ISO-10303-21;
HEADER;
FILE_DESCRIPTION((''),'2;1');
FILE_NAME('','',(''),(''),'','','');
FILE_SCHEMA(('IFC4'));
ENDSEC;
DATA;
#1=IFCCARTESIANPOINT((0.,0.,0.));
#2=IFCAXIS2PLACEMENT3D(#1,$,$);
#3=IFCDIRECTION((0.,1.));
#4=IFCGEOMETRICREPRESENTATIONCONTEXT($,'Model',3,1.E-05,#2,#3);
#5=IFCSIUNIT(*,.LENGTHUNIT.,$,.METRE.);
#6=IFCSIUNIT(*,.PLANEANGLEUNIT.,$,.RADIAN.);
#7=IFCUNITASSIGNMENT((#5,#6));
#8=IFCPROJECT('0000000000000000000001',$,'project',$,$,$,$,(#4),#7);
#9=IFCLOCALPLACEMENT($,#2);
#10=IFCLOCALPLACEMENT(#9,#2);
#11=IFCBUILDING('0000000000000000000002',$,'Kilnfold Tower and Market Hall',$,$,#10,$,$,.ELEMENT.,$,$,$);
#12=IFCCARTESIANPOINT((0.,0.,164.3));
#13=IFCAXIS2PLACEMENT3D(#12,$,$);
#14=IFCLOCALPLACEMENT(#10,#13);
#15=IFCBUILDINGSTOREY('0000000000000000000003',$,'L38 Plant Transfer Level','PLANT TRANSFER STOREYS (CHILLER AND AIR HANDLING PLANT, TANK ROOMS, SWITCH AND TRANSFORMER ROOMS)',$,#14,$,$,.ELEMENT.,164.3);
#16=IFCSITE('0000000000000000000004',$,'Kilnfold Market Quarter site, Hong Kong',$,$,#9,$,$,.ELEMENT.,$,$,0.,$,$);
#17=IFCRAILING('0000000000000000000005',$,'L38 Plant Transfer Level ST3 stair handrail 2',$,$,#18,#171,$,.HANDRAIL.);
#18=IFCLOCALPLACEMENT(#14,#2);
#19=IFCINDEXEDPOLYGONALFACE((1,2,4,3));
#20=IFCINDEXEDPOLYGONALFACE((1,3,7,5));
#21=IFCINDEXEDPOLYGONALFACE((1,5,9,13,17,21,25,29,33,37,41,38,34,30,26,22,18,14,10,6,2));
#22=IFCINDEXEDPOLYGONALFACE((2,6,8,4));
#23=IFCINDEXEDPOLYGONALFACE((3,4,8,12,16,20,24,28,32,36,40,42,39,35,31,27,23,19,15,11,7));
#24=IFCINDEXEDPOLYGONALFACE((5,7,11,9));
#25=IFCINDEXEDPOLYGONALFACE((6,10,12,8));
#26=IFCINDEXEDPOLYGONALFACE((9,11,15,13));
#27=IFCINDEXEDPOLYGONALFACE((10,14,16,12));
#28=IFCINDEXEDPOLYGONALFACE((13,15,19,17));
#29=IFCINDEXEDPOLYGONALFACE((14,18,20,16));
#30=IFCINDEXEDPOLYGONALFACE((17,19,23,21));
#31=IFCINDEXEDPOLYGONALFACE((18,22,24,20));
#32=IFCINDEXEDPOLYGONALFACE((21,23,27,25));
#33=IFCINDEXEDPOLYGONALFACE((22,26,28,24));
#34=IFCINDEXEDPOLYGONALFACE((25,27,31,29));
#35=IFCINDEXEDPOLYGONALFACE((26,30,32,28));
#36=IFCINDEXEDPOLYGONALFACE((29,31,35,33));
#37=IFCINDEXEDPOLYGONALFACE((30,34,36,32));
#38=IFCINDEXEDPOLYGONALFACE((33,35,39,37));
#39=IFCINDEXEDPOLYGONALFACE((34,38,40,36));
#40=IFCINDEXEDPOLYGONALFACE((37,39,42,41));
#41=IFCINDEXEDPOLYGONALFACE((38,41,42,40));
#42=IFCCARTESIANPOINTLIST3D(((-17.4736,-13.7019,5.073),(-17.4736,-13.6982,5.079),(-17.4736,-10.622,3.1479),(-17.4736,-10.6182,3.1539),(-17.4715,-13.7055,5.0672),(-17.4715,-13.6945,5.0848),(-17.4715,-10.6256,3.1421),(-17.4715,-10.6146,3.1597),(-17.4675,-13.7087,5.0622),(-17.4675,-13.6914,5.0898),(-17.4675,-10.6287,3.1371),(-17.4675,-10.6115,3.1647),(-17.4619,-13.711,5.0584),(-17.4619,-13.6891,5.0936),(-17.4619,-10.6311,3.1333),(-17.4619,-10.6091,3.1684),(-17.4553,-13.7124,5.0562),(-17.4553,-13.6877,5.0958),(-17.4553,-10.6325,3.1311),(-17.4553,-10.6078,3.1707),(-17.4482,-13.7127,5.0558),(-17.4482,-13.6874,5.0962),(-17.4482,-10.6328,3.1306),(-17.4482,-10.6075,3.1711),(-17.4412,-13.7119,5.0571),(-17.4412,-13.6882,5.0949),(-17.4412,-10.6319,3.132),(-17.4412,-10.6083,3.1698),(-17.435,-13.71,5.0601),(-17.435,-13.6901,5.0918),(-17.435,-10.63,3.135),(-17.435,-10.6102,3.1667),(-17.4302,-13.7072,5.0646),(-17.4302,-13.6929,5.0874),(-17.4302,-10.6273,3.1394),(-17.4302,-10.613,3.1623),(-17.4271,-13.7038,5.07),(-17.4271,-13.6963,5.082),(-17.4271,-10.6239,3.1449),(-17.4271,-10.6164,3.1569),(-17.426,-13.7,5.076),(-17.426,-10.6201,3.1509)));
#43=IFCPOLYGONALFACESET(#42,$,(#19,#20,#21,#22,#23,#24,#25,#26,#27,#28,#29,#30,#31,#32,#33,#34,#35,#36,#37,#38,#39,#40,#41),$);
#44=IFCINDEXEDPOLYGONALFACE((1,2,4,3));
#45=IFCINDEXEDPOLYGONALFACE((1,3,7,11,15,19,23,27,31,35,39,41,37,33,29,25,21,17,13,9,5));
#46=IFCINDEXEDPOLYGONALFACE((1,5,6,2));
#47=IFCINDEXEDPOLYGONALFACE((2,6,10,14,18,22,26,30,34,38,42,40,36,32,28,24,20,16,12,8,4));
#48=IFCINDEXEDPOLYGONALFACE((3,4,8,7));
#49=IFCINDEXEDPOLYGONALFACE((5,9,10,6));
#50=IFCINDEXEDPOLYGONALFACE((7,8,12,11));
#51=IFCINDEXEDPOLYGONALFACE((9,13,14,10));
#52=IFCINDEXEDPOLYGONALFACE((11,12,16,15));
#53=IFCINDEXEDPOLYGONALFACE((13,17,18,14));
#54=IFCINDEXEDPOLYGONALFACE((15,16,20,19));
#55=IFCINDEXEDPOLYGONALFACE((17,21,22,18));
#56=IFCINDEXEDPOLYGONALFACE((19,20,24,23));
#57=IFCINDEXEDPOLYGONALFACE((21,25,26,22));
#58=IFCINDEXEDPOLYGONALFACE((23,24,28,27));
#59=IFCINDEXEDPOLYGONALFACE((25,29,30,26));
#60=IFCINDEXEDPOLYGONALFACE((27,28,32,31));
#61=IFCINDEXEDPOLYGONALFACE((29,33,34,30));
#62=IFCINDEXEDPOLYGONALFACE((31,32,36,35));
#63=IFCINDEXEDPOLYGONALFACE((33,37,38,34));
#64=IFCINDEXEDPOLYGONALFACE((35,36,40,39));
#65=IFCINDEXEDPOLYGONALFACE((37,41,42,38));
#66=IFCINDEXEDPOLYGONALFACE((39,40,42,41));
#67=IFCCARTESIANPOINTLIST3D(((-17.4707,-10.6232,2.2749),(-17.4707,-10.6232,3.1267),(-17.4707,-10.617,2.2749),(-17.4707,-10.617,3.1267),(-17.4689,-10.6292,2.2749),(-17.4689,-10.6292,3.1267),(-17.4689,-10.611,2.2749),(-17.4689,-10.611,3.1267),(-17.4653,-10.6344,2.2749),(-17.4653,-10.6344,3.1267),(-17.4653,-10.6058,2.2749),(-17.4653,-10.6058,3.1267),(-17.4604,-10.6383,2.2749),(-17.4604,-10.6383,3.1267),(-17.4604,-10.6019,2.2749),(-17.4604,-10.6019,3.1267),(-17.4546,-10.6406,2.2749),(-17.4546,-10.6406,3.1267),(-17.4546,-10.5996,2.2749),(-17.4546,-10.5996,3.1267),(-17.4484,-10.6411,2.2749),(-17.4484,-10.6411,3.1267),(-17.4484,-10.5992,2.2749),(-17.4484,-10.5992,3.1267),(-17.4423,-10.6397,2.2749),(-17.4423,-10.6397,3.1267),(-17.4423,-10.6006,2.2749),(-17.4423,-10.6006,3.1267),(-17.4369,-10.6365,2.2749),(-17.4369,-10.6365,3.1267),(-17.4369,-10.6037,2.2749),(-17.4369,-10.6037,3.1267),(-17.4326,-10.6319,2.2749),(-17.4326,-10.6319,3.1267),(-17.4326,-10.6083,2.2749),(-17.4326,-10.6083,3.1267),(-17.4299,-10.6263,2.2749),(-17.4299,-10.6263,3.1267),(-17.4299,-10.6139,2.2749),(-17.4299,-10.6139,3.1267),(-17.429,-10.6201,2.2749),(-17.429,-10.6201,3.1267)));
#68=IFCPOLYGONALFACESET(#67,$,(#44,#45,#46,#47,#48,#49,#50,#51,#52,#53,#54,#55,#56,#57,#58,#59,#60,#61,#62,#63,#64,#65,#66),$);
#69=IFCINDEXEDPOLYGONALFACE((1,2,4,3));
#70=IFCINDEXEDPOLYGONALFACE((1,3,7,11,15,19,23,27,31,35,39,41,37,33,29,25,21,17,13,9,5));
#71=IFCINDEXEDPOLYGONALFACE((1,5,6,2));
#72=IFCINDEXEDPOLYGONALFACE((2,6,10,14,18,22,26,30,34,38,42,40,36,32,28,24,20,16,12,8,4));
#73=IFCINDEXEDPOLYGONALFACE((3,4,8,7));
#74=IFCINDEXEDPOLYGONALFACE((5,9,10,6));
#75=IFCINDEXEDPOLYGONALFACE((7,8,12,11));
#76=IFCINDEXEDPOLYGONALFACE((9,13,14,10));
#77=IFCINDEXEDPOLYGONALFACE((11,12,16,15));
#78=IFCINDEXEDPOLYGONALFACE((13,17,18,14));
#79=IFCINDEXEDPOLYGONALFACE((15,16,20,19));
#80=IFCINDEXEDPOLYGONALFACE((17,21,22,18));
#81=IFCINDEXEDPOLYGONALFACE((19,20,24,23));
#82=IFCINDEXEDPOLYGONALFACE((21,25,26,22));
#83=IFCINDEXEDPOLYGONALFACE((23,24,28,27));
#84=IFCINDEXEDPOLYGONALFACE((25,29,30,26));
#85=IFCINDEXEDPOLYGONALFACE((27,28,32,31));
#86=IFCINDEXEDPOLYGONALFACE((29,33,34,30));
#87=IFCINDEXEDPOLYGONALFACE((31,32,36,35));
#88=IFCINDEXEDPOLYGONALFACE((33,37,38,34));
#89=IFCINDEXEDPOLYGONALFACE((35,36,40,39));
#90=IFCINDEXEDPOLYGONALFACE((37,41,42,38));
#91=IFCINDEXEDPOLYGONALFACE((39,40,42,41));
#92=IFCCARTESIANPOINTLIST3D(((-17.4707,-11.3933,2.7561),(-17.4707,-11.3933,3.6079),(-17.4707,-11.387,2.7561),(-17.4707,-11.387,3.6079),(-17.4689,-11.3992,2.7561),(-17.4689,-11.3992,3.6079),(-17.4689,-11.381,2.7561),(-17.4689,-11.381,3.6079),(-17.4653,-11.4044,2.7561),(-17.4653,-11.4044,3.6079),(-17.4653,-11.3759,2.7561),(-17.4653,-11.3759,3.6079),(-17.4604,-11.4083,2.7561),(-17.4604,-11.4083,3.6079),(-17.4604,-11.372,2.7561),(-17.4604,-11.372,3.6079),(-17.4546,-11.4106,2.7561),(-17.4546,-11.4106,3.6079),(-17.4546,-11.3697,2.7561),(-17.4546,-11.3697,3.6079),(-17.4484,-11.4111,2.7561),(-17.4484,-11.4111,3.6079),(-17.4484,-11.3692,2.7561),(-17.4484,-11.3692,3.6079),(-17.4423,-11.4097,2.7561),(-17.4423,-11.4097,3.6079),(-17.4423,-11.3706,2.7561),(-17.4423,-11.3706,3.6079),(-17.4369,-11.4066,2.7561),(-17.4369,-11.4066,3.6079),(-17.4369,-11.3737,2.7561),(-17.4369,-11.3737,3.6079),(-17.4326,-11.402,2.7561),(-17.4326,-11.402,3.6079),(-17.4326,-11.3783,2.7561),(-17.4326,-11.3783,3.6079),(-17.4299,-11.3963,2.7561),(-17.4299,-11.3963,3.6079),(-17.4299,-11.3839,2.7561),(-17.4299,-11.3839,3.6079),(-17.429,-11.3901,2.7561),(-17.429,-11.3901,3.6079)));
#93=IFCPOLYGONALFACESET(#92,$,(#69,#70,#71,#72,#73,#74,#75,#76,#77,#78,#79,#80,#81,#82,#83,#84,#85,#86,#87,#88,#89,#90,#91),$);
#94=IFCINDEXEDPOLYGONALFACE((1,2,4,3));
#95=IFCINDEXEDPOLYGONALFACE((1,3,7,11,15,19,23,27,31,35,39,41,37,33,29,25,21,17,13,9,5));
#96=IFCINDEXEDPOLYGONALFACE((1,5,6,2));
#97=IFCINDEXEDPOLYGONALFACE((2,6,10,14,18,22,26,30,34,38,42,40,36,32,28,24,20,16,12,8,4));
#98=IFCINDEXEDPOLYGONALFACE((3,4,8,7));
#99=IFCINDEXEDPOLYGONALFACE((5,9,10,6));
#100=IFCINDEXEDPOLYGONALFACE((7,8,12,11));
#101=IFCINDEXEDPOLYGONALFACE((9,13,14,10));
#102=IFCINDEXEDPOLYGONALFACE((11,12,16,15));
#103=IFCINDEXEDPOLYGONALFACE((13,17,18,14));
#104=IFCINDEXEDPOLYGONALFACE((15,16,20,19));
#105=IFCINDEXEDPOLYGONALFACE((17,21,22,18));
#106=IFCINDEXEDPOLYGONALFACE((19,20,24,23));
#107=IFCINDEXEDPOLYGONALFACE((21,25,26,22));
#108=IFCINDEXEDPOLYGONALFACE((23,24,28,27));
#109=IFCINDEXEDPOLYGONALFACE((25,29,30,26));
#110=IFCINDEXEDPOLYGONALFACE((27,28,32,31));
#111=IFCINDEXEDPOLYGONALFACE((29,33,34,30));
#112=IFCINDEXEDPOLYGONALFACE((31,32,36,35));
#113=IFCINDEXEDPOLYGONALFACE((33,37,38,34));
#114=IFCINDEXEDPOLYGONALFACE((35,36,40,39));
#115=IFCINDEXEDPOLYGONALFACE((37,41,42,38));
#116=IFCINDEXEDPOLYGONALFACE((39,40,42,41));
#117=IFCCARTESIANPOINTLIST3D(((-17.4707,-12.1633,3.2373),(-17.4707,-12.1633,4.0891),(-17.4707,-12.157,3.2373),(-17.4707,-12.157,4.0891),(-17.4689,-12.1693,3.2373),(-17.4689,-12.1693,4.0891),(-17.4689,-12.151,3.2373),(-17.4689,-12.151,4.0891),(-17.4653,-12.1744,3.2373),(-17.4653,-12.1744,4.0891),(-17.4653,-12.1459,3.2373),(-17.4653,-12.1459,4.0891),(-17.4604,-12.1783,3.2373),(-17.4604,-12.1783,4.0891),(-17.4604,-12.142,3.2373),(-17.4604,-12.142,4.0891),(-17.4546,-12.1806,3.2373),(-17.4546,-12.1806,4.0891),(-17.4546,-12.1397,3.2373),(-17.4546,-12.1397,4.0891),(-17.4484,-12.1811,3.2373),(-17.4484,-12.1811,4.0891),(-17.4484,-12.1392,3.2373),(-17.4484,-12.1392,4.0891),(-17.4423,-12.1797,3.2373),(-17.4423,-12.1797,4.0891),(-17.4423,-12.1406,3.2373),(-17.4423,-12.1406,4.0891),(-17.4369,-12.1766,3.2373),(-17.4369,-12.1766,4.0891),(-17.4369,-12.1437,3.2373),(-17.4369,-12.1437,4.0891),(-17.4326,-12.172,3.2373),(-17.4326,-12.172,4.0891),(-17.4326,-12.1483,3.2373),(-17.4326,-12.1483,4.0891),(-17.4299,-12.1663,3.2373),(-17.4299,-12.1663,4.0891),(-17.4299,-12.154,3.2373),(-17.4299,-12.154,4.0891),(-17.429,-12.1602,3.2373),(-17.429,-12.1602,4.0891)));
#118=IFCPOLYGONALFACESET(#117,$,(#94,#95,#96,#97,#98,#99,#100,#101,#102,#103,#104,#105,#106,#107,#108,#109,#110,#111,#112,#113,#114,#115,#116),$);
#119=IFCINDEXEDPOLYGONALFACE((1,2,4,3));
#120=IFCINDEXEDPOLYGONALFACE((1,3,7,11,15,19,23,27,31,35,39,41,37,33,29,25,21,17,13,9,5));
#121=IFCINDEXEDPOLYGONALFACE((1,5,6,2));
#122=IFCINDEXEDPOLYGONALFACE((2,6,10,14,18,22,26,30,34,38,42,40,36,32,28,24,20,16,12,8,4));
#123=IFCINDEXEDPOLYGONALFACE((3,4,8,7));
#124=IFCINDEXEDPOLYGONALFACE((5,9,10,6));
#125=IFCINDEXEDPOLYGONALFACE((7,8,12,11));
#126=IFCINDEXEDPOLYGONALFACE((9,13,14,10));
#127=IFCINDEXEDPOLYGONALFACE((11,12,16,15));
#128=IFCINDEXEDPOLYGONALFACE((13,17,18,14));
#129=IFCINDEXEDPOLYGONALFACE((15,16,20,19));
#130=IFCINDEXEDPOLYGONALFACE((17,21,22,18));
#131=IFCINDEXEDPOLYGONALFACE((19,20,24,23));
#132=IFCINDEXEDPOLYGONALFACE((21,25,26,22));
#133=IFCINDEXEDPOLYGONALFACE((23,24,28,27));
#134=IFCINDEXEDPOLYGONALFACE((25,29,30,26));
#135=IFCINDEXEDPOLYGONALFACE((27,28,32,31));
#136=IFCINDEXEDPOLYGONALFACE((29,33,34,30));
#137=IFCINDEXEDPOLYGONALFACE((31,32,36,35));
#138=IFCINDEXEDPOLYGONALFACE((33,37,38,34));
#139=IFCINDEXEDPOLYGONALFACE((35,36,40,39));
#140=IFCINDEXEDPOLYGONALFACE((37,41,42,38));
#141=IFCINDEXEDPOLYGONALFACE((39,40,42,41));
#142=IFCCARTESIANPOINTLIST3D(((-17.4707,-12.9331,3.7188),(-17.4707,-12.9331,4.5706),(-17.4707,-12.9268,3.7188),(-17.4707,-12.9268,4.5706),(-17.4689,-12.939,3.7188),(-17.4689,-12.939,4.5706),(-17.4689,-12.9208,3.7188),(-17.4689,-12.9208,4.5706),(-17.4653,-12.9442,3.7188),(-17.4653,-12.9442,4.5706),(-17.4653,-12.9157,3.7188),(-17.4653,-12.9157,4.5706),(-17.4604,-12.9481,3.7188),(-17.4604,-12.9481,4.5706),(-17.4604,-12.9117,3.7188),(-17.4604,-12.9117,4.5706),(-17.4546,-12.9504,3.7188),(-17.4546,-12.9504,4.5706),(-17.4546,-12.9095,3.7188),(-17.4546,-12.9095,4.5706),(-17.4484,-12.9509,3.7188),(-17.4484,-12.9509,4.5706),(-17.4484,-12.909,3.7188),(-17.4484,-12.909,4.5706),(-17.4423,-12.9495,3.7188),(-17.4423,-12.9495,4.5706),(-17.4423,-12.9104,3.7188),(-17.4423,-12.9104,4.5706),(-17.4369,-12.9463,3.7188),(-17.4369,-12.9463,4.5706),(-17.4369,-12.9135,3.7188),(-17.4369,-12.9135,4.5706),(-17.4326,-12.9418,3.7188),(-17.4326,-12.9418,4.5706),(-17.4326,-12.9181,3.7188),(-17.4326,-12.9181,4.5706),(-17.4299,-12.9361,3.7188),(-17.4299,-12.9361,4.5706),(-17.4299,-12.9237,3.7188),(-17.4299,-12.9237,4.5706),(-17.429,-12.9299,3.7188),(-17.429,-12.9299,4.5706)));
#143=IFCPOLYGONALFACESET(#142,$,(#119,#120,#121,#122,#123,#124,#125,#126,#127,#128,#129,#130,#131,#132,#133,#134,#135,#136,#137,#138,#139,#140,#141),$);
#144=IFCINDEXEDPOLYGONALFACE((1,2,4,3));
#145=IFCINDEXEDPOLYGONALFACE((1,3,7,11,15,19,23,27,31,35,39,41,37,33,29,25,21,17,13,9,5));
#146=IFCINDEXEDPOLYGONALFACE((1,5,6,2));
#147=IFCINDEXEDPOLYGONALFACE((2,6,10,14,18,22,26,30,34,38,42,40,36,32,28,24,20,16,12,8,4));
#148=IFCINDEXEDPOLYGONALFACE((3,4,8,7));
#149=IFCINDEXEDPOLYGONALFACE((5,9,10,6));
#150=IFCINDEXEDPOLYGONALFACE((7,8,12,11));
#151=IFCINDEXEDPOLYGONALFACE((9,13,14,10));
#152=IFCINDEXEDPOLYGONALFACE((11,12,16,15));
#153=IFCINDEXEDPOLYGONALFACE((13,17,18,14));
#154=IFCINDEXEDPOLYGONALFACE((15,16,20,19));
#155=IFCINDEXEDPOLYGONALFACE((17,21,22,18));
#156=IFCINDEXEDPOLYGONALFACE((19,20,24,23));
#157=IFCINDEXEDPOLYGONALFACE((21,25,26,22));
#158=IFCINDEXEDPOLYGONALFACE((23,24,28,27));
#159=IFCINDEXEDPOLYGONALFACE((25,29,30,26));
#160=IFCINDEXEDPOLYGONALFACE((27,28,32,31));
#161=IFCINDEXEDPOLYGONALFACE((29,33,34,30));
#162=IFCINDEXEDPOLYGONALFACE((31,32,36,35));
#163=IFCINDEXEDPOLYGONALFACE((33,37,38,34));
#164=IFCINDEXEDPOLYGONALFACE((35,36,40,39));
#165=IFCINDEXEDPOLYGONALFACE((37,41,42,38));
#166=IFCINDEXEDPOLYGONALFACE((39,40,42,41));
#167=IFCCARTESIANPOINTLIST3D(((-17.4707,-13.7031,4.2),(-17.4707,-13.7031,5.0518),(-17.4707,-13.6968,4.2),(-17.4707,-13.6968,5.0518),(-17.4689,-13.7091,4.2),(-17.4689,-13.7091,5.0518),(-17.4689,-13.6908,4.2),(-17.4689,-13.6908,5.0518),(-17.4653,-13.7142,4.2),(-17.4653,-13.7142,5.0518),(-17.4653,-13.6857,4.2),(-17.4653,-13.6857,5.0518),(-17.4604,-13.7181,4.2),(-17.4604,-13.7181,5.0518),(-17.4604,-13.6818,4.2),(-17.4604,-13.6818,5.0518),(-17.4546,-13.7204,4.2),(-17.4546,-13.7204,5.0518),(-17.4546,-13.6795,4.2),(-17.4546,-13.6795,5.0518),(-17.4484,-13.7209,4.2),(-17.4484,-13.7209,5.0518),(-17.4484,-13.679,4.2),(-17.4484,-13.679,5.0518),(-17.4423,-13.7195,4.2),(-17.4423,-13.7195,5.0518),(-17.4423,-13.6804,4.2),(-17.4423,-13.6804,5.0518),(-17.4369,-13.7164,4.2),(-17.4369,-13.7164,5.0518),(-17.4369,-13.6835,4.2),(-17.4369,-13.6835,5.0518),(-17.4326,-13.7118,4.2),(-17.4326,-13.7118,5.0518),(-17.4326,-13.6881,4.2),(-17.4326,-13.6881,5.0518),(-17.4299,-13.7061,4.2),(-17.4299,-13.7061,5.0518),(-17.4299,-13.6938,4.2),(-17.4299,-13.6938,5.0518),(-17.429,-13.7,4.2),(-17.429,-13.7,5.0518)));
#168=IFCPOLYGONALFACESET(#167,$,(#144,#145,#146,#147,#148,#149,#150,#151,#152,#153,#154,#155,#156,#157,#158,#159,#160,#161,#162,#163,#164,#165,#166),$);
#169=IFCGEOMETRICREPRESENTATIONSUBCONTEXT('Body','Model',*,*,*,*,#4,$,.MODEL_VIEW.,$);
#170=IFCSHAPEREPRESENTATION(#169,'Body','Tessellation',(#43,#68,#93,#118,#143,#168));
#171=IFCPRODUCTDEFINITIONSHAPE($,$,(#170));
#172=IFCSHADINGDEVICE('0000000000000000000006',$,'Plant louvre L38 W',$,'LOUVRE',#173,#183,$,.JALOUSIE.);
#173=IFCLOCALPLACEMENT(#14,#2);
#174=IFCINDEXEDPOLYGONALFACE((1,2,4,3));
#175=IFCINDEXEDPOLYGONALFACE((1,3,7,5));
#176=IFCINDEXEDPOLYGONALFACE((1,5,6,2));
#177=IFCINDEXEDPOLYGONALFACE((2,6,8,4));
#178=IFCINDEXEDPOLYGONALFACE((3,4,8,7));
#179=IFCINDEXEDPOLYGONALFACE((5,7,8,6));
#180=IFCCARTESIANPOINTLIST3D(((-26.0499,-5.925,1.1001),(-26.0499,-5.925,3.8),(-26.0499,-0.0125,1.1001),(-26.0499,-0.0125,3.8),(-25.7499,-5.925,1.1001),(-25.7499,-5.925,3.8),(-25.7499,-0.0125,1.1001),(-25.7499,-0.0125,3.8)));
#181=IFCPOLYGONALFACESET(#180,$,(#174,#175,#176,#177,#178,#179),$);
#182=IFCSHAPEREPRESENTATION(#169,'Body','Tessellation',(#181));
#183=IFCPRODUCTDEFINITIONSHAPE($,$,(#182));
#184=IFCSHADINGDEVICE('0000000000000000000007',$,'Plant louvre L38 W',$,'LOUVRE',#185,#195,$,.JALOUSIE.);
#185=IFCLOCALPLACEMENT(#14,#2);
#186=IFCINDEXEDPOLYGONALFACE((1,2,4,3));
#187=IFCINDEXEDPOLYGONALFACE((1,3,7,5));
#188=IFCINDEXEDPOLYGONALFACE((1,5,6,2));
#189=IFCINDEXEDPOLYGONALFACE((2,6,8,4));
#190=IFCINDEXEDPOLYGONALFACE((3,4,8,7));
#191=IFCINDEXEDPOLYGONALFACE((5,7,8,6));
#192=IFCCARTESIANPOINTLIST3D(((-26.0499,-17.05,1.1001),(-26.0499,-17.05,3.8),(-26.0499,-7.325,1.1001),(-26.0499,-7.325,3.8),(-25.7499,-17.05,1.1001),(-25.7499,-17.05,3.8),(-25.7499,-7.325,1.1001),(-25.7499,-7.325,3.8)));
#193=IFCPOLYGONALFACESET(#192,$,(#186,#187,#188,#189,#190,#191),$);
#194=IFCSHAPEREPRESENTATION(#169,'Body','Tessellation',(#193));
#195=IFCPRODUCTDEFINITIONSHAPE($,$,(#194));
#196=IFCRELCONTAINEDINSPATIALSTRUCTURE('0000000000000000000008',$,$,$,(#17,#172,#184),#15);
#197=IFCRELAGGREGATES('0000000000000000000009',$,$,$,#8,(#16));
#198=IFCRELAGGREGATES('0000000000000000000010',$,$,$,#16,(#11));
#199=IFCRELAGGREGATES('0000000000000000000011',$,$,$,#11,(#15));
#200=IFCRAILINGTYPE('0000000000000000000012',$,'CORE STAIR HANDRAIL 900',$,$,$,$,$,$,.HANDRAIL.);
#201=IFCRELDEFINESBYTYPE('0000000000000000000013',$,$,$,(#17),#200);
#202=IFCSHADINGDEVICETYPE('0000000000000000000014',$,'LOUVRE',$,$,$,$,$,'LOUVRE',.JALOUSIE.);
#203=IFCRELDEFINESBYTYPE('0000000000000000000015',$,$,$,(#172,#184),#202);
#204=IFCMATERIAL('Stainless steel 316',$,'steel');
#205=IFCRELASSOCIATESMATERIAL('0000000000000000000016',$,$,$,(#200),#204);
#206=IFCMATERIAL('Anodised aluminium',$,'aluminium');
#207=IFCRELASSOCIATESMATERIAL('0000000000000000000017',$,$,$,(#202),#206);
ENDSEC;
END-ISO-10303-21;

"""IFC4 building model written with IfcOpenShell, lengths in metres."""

from ifc_helpers import new_model, si_unit, direction, frame, origin, origin_2d, place, context, subcontext, project, spatial, rectangle, circle, extrude, source, transform, mapped, material, type_object, element, save


model = new_model("IFC4")

# Units and contexts
model_context = context("Model", 3, precision=1e-05, world=origin(), true_north=direction((0.0, 1.0)))
body_context = subcontext(model_context, "Body", "Model", "MODEL_VIEW")
ifc_project = project(units=[si_unit("LENGTHUNIT", "METRE"), si_unit("PLANEANGLEUNIT", "RADIAN")], contexts=[model_context])

# Site, building, storey
site_placement = place(None, origin())
site = spatial("IfcSite", under=ifc_project, at=site_placement, Name="Kilnfold Market Quarter site, Hong Kong", CompositionType="ELEMENT", RefElevation=0.0)
building_placement = place(site_placement, origin())
building = spatial("IfcBuilding", under=site, at=building_placement, Name="Kilnfold Tower and Market Hall", CompositionType="ELEMENT")
storey_placement = place(building_placement, frame((0.0, 0.0, 164.3)))
storey = spatial("IfcBuildingStorey", under=building, at=storey_placement, Name="L38 Plant Transfer Level", Description="PLANT TRANSFER STOREYS (CHILLER AND AIR HANDLING PLANT, TANK ROOMS, SWITCH AND TRANSFORMER ROOMS)", CompositionType="ELEMENT", Elevation=164.3)

# Railing
ifc_material_1 = material(Name="Stainless steel 316", Category="steel")
railing_type_1 = type_object("IfcRailingType", Name="CORE STAIR HANDRAIL 900", PredefinedType="HANDRAIL", material=ifc_material_1)
railing_1_placement = place(storey_placement, frame((-17.45, -10.6201, 2.2749)))
element("IfcRailing", 1, at=railing_1_placement, inside=storey, type_object=railing_type_1, Name="L38 Plant Transfer Level ST3 stair handrail 2", PredefinedType="HANDRAIL", context=body_context, shape_type="SweptSolid", body=[
    extrude(circle(Radius=0.0239, at=origin_2d()), frame((0.0, 0.0, 0.876), z_axis=(0.0, -0.847979, 0.530029), x_axis=(1.0, 0.0, 0.0)), (0.0, 0.0, 1.0), 3.6321),
    extrude(circle(Radius=0.021, at=origin_2d()), origin(), (0.0, 0.0, 1.0), 0.8518),
    extrude(circle(Radius=0.021, at=origin_2d()), frame((0.0, -0.77, 0.4812)), (0.0, 0.0, 1.0), 0.8518),
    extrude(circle(Radius=0.021, at=origin_2d()), frame((0.0, -1.54, 0.9624)), (0.0, 0.0, 1.0), 0.8518),
    extrude(circle(Radius=0.021, at=origin_2d()), frame((0.0, -2.3098, 1.4438)), (0.0, 0.0, 1.0), 0.8518),
    extrude(circle(Radius=0.021, at=origin_2d()), frame((0.0, -3.0798, 1.925)), (0.0, 0.0, 1.0), 0.8518),
])

# Shading devices
ifc_material_2 = material(Name="Anodised aluminium", Category="aluminium")
shading_device_type = type_object("IfcShadingDeviceType", Name="LOUVRE", ElementType="LOUVRE", PredefinedType="JALOUSIE", material=ifc_material_2)
shared_shape_1 = source(origin(), body_context, "Body", "SweptSolid", [
    extrude(rectangle(XDim=5.9126, YDim=0.3, at=origin_2d()), origin(), (0.0, 0.0, 1.0), 2.7),
])
shading_device_1_placement = place(storey_placement, frame((-25.8999, -2.9688, 1.1001), z_axis=(0.0, 0.0, 1.0), x_axis=(0.0, -1.0, 0.0)))
element("IfcShadingDevice", 2, at=shading_device_1_placement, inside=storey, type_object=shading_device_type, Name="Plant louvre L38 W", ObjectType="LOUVRE", PredefinedType="JALOUSIE", context=body_context, shape_type="MappedRepresentation", body=[
    mapped(shared_shape_1, transform((0.0, 0.0, 0.0))),
])
shared_shape_2 = source(origin(), body_context, "Body", "SweptSolid", [
    extrude(rectangle(XDim=9.7251, YDim=0.3, at=origin_2d()), origin(), (0.0, 0.0, 1.0), 2.7),
])
shading_device_2_placement = place(storey_placement, frame((-25.8999, -12.1875, 1.1001), z_axis=(0.0, 0.0, 1.0), x_axis=(0.0, -1.0, 0.0)))
element("IfcShadingDevice", 3, at=shading_device_2_placement, inside=storey, type_object=shading_device_type, Name="Plant louvre L38 W", ObjectType="LOUVRE", PredefinedType="JALOUSIE", context=body_context, shape_type="MappedRepresentation", body=[
    mapped(shared_shape_2, transform((0.0, 0.0, 0.0))),
])

save(model, "model.ifc")
